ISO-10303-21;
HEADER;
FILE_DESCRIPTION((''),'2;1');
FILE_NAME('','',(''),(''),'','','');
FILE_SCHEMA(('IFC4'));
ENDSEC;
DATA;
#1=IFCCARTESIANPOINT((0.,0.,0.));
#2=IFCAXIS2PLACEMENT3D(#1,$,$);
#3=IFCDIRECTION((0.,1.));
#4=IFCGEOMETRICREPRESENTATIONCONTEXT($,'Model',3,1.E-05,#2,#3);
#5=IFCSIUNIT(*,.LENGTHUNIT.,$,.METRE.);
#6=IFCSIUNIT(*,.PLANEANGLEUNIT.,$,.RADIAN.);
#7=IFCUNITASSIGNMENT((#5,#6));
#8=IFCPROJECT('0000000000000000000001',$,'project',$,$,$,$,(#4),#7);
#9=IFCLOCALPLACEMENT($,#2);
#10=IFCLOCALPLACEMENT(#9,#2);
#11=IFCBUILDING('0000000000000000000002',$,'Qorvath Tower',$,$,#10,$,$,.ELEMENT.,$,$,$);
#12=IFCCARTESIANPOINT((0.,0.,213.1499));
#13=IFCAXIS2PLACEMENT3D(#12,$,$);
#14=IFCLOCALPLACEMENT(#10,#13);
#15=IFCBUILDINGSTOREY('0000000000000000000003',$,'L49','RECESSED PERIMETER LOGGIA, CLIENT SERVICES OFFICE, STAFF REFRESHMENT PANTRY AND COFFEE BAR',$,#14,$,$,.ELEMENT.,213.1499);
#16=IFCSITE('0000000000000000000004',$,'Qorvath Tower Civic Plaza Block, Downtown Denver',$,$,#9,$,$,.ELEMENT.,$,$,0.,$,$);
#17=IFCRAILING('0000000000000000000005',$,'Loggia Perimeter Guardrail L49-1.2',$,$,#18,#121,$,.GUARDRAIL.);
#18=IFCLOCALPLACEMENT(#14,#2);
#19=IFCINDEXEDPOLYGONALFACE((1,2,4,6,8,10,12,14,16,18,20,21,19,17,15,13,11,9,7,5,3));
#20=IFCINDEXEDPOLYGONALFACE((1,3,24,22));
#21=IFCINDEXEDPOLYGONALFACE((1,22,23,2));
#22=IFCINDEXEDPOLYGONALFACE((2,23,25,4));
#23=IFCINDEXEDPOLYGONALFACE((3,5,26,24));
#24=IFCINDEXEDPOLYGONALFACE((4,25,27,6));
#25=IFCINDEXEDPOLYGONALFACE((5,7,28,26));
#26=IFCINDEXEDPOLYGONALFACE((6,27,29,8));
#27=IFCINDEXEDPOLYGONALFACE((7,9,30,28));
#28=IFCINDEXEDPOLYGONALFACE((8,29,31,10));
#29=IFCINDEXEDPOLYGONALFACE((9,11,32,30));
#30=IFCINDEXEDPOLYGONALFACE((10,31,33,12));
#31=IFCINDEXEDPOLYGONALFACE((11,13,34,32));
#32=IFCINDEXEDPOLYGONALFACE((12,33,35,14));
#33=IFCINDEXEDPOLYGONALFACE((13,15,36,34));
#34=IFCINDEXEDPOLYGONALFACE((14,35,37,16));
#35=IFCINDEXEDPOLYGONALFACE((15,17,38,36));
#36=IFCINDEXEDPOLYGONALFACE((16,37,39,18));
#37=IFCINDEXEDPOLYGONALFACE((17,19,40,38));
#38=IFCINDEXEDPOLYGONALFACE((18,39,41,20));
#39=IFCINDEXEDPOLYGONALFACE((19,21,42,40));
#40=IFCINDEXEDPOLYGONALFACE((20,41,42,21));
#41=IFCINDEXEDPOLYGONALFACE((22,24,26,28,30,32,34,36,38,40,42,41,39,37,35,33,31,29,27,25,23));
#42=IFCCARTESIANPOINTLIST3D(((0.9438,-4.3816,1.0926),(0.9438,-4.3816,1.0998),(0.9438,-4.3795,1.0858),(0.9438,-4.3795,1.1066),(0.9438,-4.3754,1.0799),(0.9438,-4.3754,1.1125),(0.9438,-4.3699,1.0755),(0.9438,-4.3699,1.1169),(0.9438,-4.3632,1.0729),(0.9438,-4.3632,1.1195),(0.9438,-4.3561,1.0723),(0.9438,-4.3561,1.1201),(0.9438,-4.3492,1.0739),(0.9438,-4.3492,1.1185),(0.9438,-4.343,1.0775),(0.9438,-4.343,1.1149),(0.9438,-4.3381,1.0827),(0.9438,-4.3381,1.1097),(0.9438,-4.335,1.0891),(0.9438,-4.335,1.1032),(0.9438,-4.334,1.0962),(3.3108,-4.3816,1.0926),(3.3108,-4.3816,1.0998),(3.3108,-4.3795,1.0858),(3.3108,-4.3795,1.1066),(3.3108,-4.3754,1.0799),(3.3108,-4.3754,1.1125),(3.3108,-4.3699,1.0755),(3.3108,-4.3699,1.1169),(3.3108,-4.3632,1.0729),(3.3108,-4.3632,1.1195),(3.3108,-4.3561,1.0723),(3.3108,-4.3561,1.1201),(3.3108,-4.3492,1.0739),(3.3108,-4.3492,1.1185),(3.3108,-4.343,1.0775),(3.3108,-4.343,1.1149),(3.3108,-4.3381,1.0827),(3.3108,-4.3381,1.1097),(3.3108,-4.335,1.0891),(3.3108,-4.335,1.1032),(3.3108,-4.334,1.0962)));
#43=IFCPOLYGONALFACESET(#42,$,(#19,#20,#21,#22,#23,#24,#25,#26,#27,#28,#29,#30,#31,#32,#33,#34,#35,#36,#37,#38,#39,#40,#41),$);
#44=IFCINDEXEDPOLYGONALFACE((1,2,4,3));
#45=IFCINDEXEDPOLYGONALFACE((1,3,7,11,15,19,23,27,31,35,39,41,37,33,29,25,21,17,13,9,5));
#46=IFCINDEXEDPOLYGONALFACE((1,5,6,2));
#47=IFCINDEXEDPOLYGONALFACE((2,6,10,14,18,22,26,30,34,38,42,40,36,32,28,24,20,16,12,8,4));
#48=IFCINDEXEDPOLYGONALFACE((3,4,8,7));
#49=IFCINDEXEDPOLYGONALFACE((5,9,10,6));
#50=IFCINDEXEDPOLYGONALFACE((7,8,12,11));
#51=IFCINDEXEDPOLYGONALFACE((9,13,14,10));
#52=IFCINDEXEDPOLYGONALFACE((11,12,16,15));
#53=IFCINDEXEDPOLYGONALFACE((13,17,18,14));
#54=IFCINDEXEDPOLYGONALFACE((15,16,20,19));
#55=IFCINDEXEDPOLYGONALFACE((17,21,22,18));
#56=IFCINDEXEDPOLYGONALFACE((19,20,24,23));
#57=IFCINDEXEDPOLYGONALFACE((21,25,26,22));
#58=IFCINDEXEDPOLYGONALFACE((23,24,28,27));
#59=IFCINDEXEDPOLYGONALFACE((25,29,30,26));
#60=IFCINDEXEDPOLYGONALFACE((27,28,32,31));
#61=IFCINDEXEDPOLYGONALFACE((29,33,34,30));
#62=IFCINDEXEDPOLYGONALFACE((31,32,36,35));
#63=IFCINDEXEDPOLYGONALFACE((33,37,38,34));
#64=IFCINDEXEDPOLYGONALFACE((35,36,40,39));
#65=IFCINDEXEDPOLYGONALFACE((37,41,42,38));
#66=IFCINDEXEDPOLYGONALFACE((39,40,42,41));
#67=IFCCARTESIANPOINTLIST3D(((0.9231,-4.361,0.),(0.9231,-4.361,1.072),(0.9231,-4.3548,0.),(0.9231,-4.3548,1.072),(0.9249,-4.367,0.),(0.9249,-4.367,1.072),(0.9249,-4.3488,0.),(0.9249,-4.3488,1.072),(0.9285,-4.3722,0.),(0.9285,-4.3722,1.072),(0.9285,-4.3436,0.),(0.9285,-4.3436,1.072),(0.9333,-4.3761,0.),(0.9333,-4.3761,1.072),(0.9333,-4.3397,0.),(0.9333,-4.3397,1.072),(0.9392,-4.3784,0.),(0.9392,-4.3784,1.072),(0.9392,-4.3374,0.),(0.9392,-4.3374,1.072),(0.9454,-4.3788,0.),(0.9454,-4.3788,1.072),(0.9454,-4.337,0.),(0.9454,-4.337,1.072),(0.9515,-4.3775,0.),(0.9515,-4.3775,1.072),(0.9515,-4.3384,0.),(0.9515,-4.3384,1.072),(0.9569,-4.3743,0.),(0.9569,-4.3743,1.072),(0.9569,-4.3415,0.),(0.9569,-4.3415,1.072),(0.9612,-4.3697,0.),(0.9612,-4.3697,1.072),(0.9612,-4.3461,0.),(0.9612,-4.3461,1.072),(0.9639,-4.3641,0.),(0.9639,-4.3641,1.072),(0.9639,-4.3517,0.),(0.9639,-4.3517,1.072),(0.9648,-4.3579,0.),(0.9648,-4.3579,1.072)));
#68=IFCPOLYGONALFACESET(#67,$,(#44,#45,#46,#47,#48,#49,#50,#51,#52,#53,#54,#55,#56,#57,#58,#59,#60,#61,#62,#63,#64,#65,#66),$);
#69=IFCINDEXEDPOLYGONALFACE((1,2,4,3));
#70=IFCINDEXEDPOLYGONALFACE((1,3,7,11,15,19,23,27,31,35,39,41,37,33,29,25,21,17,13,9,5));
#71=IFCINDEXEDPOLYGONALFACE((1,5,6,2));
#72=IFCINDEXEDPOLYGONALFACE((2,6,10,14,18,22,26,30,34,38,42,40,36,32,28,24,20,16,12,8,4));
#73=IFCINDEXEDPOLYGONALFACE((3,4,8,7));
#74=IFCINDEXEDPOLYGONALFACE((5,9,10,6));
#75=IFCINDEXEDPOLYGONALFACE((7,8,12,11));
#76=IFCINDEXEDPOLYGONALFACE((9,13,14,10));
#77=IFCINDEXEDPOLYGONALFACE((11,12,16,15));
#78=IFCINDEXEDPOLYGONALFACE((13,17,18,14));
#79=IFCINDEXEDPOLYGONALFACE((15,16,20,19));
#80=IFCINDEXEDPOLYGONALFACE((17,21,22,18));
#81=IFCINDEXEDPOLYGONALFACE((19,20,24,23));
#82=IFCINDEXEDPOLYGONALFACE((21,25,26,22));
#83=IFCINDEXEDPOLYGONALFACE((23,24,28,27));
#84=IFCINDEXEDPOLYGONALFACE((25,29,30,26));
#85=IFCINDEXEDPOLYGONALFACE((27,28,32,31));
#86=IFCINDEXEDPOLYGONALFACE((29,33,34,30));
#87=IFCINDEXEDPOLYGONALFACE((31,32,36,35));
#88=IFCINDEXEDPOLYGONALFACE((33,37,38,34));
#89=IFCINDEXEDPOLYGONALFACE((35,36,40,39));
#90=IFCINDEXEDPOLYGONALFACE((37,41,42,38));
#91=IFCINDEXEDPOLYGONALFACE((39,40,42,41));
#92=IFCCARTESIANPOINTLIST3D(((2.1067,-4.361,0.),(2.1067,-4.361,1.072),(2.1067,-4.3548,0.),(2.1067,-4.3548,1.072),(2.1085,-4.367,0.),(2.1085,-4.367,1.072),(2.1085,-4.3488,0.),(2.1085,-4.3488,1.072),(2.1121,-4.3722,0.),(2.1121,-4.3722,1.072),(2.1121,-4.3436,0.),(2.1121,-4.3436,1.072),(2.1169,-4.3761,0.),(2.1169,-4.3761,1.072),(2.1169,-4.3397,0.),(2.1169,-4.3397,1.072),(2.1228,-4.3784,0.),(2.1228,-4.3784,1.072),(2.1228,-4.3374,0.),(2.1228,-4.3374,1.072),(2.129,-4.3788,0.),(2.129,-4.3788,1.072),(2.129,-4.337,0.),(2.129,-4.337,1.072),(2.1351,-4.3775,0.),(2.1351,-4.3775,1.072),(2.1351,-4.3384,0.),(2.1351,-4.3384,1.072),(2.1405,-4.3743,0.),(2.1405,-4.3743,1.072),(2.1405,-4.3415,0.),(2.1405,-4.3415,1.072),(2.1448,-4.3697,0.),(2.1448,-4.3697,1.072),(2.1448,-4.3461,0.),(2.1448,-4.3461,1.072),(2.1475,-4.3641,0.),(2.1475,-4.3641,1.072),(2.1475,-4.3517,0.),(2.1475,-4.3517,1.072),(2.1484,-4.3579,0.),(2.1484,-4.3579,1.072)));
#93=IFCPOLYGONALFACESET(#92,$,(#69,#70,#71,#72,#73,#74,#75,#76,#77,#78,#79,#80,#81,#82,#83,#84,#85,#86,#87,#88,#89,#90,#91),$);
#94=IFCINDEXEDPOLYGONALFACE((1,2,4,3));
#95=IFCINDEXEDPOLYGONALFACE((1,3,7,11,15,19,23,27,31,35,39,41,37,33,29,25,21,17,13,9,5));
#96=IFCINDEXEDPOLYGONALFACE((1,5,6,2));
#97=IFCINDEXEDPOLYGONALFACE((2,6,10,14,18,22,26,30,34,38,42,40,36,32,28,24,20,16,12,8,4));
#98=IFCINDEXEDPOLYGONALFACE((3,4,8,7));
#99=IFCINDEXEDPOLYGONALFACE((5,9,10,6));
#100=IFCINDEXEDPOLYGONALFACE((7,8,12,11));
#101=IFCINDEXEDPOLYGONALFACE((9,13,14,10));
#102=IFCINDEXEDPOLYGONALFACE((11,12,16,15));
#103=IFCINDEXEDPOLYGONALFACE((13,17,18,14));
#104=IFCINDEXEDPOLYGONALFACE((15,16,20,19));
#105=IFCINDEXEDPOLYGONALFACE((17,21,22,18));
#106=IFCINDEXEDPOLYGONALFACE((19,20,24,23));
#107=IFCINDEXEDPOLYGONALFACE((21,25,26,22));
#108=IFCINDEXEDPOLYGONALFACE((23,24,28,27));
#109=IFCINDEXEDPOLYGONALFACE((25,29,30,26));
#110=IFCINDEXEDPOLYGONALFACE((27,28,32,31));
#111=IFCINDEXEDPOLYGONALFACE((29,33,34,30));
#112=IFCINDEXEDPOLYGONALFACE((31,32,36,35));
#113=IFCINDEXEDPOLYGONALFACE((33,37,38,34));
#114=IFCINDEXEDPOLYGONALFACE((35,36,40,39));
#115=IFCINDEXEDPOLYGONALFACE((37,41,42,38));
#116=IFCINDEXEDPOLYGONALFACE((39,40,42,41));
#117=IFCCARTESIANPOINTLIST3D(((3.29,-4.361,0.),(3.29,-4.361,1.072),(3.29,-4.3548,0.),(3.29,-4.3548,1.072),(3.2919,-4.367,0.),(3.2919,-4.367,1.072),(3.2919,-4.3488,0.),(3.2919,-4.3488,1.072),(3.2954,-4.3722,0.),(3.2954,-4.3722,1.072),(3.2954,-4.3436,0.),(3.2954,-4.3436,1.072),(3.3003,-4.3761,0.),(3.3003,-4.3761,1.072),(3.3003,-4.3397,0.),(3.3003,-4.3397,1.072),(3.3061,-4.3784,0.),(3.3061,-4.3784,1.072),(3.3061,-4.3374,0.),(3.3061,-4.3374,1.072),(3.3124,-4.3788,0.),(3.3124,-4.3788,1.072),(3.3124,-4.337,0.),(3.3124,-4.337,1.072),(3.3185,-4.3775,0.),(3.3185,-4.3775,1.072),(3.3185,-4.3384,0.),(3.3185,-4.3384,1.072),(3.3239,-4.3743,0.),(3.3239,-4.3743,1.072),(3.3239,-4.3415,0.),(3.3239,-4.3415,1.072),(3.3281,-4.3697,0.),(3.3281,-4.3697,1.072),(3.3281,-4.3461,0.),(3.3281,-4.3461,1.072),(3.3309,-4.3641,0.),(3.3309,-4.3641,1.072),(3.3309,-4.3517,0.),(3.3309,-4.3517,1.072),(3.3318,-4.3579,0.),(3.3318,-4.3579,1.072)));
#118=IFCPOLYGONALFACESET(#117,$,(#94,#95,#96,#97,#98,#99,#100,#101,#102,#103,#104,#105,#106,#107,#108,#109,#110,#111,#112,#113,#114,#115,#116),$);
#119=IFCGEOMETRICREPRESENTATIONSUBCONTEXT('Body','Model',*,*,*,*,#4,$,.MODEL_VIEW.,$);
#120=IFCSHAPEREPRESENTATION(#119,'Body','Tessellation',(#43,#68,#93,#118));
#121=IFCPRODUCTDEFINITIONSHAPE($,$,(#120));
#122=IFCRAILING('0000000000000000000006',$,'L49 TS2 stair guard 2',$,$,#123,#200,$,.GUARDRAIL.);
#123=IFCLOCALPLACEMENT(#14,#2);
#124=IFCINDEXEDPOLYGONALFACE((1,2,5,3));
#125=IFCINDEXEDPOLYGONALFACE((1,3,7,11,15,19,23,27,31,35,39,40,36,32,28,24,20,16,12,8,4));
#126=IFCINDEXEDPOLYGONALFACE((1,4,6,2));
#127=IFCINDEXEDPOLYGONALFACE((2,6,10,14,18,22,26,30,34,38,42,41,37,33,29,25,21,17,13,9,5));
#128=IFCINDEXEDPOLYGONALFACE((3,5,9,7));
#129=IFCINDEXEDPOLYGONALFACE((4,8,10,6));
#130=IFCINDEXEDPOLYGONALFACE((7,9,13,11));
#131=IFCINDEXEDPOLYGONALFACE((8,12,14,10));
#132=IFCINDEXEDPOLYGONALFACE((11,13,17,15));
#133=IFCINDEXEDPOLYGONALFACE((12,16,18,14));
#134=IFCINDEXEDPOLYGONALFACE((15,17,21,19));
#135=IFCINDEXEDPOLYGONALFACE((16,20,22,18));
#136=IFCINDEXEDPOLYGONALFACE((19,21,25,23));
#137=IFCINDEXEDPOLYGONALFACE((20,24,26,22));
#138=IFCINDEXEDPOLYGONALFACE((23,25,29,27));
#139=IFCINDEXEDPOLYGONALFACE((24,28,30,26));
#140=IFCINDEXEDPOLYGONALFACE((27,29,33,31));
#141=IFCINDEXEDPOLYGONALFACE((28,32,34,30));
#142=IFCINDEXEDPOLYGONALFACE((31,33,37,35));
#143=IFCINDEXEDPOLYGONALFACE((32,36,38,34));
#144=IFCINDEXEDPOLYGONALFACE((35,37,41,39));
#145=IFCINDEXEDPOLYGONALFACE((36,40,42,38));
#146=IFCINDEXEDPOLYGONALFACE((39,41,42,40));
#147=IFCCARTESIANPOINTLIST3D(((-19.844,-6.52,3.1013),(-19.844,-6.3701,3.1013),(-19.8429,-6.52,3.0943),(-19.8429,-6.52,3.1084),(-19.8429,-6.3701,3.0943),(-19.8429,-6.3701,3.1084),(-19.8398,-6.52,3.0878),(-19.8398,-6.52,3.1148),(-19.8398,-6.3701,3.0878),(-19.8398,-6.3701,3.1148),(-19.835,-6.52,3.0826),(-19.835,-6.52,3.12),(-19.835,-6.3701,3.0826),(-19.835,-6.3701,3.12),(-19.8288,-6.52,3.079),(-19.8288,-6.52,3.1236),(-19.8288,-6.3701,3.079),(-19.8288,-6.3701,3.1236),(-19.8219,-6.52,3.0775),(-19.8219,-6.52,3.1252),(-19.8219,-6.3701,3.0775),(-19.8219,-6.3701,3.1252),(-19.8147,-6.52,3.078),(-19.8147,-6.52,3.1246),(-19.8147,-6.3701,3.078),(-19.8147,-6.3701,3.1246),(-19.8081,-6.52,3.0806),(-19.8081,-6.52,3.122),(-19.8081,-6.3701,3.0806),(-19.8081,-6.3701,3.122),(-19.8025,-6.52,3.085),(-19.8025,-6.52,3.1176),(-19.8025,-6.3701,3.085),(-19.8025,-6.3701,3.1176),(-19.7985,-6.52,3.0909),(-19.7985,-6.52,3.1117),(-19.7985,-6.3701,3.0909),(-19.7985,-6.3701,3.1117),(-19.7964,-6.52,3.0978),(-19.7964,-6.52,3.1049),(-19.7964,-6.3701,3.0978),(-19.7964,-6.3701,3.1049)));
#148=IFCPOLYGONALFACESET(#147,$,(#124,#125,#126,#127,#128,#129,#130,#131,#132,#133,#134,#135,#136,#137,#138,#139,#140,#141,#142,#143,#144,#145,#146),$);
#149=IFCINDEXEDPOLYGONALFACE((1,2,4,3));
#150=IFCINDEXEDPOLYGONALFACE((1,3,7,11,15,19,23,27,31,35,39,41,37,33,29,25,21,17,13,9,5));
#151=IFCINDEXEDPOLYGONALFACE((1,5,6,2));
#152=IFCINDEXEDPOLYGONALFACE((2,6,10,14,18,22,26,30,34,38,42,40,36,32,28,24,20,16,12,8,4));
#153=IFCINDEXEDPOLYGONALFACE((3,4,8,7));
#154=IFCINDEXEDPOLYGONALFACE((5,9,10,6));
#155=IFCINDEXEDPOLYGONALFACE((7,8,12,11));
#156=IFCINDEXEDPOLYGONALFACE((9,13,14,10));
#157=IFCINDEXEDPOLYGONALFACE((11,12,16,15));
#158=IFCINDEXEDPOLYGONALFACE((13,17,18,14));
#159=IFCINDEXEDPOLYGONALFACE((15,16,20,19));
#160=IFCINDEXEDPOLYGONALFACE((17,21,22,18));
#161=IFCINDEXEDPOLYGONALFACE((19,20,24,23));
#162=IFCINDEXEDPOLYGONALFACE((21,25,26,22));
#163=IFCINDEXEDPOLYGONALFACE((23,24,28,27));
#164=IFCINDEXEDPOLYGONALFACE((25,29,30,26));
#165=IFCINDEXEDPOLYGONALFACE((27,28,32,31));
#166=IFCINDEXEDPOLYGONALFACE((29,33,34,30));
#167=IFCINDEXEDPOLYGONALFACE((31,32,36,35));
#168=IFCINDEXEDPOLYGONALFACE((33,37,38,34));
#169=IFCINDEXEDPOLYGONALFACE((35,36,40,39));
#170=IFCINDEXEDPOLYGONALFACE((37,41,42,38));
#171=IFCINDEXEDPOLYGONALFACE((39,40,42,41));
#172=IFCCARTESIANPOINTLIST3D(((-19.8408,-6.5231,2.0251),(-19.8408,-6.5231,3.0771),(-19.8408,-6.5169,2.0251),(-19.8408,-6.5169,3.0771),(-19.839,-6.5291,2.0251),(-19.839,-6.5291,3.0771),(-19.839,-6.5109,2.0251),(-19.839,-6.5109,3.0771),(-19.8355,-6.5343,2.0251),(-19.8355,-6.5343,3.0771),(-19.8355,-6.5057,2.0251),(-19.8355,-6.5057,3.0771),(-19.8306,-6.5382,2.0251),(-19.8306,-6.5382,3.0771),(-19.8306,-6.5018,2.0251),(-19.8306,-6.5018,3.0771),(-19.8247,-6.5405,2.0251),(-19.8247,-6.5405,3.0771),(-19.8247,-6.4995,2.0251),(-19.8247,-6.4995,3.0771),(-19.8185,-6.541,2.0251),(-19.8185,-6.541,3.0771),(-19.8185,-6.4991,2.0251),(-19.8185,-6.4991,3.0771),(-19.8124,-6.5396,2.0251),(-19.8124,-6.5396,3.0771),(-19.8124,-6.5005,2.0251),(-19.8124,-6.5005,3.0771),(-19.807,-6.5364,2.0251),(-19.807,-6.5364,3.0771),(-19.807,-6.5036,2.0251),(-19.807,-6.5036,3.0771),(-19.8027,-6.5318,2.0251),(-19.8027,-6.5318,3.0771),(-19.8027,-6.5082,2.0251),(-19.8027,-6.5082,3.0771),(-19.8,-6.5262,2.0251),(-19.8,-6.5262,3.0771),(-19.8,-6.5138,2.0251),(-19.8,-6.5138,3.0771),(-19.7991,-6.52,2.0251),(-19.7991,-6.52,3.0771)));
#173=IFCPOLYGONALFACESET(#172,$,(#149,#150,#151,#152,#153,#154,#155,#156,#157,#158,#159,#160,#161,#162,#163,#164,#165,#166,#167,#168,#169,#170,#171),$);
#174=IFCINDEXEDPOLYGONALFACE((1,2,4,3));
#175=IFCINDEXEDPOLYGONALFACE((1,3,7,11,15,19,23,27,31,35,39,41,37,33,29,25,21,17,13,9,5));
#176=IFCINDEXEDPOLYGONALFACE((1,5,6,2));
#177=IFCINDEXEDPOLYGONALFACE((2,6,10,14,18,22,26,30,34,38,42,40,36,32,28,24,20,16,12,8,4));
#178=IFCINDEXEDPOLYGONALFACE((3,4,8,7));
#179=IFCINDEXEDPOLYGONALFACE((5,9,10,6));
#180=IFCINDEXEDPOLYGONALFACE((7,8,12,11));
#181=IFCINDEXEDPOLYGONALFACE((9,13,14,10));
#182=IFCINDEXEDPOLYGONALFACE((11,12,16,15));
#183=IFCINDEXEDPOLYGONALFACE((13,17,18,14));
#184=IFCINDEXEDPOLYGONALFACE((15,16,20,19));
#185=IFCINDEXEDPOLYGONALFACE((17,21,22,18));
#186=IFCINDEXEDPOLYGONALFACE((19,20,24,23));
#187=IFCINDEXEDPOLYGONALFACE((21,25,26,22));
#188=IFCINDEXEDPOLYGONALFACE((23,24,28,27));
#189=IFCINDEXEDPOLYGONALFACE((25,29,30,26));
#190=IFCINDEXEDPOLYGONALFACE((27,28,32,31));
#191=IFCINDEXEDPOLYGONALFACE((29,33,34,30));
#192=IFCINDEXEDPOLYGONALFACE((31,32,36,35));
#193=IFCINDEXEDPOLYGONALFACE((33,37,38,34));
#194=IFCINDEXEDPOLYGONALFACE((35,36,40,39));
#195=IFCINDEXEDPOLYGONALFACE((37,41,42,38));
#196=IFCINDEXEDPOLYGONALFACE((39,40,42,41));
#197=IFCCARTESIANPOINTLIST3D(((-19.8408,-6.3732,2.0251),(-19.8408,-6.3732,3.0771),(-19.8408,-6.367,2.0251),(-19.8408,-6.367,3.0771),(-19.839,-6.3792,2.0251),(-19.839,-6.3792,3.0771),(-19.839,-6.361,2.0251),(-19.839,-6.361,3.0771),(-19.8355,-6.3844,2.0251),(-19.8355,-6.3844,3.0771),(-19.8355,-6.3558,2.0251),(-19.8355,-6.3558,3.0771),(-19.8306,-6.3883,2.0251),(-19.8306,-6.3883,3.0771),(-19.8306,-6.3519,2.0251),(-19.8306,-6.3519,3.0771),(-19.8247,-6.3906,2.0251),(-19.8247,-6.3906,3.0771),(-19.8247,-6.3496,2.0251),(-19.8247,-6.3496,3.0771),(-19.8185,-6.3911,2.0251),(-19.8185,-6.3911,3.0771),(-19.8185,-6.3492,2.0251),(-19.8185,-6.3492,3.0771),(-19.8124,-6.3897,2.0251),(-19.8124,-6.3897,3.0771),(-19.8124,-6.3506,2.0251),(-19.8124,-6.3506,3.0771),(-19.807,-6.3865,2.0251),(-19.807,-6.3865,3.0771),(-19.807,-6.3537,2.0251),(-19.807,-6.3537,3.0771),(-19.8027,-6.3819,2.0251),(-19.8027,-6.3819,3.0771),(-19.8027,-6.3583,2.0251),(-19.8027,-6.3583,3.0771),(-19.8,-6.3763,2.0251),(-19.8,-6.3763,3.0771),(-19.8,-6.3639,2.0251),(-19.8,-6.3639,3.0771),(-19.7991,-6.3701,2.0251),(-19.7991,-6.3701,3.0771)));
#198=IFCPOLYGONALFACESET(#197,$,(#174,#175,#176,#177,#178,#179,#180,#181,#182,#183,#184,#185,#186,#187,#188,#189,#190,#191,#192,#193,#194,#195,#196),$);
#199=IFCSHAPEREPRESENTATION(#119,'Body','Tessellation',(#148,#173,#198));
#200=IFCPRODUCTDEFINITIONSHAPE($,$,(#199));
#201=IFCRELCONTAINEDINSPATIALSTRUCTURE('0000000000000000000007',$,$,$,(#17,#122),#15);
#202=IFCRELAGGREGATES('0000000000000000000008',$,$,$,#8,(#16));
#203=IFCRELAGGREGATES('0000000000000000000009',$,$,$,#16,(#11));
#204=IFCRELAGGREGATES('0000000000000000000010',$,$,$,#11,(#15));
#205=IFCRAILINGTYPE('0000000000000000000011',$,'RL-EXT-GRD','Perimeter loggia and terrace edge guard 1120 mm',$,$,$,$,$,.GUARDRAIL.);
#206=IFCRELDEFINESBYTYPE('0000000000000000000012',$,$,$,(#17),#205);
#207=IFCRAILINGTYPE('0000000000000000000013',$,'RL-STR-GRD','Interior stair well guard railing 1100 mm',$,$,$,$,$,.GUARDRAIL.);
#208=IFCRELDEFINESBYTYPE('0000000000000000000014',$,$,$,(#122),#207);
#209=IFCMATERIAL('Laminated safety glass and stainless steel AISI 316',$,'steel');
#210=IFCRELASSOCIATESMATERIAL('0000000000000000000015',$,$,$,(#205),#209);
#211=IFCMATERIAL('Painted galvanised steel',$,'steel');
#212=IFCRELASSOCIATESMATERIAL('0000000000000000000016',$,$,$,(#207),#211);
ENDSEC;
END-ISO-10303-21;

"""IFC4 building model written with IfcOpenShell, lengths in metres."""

from ifc_helpers import new_model, si_unit, direction, frame, origin, origin_2d, place, context, subcontext, project, spatial, circle, extrude, material, type_object, element, save


model = new_model("IFC4")

# Units and contexts
model_context = context("Model", 3, precision=1e-05, world=origin(), true_north=direction((0.0, 1.0)))
body_context = subcontext(model_context, "Body", "Model", "MODEL_VIEW")
ifc_project = project(units=[si_unit("LENGTHUNIT", "METRE"), si_unit("PLANEANGLEUNIT", "RADIAN")], contexts=[model_context])

# Site, building, storey
site_placement = place(None, origin())
site = spatial("IfcSite", under=ifc_project, at=site_placement, Name="Qorvath Tower Civic Plaza Block, Downtown Denver", CompositionType="ELEMENT", RefElevation=0.0)
building_placement = place(site_placement, origin())
building = spatial("IfcBuilding", under=site, at=building_placement, Name="Qorvath Tower", CompositionType="ELEMENT")
storey_placement = place(building_placement, frame((0.0, 0.0, 213.1499)))
storey = spatial("IfcBuildingStorey", under=building, at=storey_placement, Name="L49", Description="RECESSED PERIMETER LOGGIA, CLIENT SERVICES OFFICE, STAFF REFRESHMENT PANTRY AND COFFEE BAR", CompositionType="ELEMENT", Elevation=213.1499)

# Railings
ifc_material_1 = material(Name="Laminated safety glass and stainless steel AISI 316", Category="steel")
railing_type_1 = type_object("IfcRailingType", Name="RL-EXT-GRD", Description="Perimeter loggia and terrace edge guard 1120 mm", PredefinedType="GUARDRAIL", material=ifc_material_1)
railing_1_placement = place(storey_placement, frame((0.9438, -4.3579, 0.0)))
element("IfcRailing", 1, at=railing_1_placement, inside=storey, type_object=railing_type_1, Name="Loggia Perimeter Guardrail L49-1.2", PredefinedType="GUARDRAIL", context=body_context, shape_type="SweptSolid", body=[
    extrude(circle(Radius=0.0239, at=origin_2d()), frame((0.0, 0.0, 1.0962), z_axis=(1.0, 0.0, 0.0), x_axis=(0.0, 1.0, 0.0)), (0.0, 0.0, 1.0), 2.3669),
    extrude(circle(Radius=0.021, at=origin_2d()), origin(), (0.0, 0.0, 1.0), 1.072),
    extrude(circle(Radius=0.021, at=origin_2d()), frame((1.1836, 0.0, 0.0)), (0.0, 0.0, 1.0), 1.072),
    extrude(circle(Radius=0.021, at=origin_2d()), frame((2.3669, 0.0, 0.0)), (0.0, 0.0, 1.0), 1.072),
])
ifc_material_2 = material(Name="Painted galvanised steel", Category="steel")
railing_type_2 = type_object("IfcRailingType", Name="RL-STR-GRD", Description="Interior stair well guard railing 1100 mm", PredefinedType="GUARDRAIL", material=ifc_material_2)
railing_2_placement = place(storey_placement, frame((-19.8201, -6.52, 2.0251)))
element("IfcRailing", 2, at=railing_2_placement, inside=storey, type_object=railing_type_2, Name="L49 TS2 stair guard 2", PredefinedType="GUARDRAIL", context=body_context, shape_type="SweptSolid", body=[
    extrude(circle(Radius=0.0239, at=origin_2d()), frame((0.0, 0.0, 1.0762), z_axis=(0.0, 1.0, 0.0), x_axis=(-1.0, 0.0, 0.0)), (0.0, 0.0, 1.0), 0.1499),
    extrude(circle(Radius=0.021, at=origin_2d()), origin(), (0.0, 0.0, 1.0), 1.052),
    extrude(circle(Radius=0.021, at=origin_2d()), frame((0.0, 0.1499, 0.0)), (0.0, 0.0, 1.0), 1.052),
])

save(model, "model.ifc")
